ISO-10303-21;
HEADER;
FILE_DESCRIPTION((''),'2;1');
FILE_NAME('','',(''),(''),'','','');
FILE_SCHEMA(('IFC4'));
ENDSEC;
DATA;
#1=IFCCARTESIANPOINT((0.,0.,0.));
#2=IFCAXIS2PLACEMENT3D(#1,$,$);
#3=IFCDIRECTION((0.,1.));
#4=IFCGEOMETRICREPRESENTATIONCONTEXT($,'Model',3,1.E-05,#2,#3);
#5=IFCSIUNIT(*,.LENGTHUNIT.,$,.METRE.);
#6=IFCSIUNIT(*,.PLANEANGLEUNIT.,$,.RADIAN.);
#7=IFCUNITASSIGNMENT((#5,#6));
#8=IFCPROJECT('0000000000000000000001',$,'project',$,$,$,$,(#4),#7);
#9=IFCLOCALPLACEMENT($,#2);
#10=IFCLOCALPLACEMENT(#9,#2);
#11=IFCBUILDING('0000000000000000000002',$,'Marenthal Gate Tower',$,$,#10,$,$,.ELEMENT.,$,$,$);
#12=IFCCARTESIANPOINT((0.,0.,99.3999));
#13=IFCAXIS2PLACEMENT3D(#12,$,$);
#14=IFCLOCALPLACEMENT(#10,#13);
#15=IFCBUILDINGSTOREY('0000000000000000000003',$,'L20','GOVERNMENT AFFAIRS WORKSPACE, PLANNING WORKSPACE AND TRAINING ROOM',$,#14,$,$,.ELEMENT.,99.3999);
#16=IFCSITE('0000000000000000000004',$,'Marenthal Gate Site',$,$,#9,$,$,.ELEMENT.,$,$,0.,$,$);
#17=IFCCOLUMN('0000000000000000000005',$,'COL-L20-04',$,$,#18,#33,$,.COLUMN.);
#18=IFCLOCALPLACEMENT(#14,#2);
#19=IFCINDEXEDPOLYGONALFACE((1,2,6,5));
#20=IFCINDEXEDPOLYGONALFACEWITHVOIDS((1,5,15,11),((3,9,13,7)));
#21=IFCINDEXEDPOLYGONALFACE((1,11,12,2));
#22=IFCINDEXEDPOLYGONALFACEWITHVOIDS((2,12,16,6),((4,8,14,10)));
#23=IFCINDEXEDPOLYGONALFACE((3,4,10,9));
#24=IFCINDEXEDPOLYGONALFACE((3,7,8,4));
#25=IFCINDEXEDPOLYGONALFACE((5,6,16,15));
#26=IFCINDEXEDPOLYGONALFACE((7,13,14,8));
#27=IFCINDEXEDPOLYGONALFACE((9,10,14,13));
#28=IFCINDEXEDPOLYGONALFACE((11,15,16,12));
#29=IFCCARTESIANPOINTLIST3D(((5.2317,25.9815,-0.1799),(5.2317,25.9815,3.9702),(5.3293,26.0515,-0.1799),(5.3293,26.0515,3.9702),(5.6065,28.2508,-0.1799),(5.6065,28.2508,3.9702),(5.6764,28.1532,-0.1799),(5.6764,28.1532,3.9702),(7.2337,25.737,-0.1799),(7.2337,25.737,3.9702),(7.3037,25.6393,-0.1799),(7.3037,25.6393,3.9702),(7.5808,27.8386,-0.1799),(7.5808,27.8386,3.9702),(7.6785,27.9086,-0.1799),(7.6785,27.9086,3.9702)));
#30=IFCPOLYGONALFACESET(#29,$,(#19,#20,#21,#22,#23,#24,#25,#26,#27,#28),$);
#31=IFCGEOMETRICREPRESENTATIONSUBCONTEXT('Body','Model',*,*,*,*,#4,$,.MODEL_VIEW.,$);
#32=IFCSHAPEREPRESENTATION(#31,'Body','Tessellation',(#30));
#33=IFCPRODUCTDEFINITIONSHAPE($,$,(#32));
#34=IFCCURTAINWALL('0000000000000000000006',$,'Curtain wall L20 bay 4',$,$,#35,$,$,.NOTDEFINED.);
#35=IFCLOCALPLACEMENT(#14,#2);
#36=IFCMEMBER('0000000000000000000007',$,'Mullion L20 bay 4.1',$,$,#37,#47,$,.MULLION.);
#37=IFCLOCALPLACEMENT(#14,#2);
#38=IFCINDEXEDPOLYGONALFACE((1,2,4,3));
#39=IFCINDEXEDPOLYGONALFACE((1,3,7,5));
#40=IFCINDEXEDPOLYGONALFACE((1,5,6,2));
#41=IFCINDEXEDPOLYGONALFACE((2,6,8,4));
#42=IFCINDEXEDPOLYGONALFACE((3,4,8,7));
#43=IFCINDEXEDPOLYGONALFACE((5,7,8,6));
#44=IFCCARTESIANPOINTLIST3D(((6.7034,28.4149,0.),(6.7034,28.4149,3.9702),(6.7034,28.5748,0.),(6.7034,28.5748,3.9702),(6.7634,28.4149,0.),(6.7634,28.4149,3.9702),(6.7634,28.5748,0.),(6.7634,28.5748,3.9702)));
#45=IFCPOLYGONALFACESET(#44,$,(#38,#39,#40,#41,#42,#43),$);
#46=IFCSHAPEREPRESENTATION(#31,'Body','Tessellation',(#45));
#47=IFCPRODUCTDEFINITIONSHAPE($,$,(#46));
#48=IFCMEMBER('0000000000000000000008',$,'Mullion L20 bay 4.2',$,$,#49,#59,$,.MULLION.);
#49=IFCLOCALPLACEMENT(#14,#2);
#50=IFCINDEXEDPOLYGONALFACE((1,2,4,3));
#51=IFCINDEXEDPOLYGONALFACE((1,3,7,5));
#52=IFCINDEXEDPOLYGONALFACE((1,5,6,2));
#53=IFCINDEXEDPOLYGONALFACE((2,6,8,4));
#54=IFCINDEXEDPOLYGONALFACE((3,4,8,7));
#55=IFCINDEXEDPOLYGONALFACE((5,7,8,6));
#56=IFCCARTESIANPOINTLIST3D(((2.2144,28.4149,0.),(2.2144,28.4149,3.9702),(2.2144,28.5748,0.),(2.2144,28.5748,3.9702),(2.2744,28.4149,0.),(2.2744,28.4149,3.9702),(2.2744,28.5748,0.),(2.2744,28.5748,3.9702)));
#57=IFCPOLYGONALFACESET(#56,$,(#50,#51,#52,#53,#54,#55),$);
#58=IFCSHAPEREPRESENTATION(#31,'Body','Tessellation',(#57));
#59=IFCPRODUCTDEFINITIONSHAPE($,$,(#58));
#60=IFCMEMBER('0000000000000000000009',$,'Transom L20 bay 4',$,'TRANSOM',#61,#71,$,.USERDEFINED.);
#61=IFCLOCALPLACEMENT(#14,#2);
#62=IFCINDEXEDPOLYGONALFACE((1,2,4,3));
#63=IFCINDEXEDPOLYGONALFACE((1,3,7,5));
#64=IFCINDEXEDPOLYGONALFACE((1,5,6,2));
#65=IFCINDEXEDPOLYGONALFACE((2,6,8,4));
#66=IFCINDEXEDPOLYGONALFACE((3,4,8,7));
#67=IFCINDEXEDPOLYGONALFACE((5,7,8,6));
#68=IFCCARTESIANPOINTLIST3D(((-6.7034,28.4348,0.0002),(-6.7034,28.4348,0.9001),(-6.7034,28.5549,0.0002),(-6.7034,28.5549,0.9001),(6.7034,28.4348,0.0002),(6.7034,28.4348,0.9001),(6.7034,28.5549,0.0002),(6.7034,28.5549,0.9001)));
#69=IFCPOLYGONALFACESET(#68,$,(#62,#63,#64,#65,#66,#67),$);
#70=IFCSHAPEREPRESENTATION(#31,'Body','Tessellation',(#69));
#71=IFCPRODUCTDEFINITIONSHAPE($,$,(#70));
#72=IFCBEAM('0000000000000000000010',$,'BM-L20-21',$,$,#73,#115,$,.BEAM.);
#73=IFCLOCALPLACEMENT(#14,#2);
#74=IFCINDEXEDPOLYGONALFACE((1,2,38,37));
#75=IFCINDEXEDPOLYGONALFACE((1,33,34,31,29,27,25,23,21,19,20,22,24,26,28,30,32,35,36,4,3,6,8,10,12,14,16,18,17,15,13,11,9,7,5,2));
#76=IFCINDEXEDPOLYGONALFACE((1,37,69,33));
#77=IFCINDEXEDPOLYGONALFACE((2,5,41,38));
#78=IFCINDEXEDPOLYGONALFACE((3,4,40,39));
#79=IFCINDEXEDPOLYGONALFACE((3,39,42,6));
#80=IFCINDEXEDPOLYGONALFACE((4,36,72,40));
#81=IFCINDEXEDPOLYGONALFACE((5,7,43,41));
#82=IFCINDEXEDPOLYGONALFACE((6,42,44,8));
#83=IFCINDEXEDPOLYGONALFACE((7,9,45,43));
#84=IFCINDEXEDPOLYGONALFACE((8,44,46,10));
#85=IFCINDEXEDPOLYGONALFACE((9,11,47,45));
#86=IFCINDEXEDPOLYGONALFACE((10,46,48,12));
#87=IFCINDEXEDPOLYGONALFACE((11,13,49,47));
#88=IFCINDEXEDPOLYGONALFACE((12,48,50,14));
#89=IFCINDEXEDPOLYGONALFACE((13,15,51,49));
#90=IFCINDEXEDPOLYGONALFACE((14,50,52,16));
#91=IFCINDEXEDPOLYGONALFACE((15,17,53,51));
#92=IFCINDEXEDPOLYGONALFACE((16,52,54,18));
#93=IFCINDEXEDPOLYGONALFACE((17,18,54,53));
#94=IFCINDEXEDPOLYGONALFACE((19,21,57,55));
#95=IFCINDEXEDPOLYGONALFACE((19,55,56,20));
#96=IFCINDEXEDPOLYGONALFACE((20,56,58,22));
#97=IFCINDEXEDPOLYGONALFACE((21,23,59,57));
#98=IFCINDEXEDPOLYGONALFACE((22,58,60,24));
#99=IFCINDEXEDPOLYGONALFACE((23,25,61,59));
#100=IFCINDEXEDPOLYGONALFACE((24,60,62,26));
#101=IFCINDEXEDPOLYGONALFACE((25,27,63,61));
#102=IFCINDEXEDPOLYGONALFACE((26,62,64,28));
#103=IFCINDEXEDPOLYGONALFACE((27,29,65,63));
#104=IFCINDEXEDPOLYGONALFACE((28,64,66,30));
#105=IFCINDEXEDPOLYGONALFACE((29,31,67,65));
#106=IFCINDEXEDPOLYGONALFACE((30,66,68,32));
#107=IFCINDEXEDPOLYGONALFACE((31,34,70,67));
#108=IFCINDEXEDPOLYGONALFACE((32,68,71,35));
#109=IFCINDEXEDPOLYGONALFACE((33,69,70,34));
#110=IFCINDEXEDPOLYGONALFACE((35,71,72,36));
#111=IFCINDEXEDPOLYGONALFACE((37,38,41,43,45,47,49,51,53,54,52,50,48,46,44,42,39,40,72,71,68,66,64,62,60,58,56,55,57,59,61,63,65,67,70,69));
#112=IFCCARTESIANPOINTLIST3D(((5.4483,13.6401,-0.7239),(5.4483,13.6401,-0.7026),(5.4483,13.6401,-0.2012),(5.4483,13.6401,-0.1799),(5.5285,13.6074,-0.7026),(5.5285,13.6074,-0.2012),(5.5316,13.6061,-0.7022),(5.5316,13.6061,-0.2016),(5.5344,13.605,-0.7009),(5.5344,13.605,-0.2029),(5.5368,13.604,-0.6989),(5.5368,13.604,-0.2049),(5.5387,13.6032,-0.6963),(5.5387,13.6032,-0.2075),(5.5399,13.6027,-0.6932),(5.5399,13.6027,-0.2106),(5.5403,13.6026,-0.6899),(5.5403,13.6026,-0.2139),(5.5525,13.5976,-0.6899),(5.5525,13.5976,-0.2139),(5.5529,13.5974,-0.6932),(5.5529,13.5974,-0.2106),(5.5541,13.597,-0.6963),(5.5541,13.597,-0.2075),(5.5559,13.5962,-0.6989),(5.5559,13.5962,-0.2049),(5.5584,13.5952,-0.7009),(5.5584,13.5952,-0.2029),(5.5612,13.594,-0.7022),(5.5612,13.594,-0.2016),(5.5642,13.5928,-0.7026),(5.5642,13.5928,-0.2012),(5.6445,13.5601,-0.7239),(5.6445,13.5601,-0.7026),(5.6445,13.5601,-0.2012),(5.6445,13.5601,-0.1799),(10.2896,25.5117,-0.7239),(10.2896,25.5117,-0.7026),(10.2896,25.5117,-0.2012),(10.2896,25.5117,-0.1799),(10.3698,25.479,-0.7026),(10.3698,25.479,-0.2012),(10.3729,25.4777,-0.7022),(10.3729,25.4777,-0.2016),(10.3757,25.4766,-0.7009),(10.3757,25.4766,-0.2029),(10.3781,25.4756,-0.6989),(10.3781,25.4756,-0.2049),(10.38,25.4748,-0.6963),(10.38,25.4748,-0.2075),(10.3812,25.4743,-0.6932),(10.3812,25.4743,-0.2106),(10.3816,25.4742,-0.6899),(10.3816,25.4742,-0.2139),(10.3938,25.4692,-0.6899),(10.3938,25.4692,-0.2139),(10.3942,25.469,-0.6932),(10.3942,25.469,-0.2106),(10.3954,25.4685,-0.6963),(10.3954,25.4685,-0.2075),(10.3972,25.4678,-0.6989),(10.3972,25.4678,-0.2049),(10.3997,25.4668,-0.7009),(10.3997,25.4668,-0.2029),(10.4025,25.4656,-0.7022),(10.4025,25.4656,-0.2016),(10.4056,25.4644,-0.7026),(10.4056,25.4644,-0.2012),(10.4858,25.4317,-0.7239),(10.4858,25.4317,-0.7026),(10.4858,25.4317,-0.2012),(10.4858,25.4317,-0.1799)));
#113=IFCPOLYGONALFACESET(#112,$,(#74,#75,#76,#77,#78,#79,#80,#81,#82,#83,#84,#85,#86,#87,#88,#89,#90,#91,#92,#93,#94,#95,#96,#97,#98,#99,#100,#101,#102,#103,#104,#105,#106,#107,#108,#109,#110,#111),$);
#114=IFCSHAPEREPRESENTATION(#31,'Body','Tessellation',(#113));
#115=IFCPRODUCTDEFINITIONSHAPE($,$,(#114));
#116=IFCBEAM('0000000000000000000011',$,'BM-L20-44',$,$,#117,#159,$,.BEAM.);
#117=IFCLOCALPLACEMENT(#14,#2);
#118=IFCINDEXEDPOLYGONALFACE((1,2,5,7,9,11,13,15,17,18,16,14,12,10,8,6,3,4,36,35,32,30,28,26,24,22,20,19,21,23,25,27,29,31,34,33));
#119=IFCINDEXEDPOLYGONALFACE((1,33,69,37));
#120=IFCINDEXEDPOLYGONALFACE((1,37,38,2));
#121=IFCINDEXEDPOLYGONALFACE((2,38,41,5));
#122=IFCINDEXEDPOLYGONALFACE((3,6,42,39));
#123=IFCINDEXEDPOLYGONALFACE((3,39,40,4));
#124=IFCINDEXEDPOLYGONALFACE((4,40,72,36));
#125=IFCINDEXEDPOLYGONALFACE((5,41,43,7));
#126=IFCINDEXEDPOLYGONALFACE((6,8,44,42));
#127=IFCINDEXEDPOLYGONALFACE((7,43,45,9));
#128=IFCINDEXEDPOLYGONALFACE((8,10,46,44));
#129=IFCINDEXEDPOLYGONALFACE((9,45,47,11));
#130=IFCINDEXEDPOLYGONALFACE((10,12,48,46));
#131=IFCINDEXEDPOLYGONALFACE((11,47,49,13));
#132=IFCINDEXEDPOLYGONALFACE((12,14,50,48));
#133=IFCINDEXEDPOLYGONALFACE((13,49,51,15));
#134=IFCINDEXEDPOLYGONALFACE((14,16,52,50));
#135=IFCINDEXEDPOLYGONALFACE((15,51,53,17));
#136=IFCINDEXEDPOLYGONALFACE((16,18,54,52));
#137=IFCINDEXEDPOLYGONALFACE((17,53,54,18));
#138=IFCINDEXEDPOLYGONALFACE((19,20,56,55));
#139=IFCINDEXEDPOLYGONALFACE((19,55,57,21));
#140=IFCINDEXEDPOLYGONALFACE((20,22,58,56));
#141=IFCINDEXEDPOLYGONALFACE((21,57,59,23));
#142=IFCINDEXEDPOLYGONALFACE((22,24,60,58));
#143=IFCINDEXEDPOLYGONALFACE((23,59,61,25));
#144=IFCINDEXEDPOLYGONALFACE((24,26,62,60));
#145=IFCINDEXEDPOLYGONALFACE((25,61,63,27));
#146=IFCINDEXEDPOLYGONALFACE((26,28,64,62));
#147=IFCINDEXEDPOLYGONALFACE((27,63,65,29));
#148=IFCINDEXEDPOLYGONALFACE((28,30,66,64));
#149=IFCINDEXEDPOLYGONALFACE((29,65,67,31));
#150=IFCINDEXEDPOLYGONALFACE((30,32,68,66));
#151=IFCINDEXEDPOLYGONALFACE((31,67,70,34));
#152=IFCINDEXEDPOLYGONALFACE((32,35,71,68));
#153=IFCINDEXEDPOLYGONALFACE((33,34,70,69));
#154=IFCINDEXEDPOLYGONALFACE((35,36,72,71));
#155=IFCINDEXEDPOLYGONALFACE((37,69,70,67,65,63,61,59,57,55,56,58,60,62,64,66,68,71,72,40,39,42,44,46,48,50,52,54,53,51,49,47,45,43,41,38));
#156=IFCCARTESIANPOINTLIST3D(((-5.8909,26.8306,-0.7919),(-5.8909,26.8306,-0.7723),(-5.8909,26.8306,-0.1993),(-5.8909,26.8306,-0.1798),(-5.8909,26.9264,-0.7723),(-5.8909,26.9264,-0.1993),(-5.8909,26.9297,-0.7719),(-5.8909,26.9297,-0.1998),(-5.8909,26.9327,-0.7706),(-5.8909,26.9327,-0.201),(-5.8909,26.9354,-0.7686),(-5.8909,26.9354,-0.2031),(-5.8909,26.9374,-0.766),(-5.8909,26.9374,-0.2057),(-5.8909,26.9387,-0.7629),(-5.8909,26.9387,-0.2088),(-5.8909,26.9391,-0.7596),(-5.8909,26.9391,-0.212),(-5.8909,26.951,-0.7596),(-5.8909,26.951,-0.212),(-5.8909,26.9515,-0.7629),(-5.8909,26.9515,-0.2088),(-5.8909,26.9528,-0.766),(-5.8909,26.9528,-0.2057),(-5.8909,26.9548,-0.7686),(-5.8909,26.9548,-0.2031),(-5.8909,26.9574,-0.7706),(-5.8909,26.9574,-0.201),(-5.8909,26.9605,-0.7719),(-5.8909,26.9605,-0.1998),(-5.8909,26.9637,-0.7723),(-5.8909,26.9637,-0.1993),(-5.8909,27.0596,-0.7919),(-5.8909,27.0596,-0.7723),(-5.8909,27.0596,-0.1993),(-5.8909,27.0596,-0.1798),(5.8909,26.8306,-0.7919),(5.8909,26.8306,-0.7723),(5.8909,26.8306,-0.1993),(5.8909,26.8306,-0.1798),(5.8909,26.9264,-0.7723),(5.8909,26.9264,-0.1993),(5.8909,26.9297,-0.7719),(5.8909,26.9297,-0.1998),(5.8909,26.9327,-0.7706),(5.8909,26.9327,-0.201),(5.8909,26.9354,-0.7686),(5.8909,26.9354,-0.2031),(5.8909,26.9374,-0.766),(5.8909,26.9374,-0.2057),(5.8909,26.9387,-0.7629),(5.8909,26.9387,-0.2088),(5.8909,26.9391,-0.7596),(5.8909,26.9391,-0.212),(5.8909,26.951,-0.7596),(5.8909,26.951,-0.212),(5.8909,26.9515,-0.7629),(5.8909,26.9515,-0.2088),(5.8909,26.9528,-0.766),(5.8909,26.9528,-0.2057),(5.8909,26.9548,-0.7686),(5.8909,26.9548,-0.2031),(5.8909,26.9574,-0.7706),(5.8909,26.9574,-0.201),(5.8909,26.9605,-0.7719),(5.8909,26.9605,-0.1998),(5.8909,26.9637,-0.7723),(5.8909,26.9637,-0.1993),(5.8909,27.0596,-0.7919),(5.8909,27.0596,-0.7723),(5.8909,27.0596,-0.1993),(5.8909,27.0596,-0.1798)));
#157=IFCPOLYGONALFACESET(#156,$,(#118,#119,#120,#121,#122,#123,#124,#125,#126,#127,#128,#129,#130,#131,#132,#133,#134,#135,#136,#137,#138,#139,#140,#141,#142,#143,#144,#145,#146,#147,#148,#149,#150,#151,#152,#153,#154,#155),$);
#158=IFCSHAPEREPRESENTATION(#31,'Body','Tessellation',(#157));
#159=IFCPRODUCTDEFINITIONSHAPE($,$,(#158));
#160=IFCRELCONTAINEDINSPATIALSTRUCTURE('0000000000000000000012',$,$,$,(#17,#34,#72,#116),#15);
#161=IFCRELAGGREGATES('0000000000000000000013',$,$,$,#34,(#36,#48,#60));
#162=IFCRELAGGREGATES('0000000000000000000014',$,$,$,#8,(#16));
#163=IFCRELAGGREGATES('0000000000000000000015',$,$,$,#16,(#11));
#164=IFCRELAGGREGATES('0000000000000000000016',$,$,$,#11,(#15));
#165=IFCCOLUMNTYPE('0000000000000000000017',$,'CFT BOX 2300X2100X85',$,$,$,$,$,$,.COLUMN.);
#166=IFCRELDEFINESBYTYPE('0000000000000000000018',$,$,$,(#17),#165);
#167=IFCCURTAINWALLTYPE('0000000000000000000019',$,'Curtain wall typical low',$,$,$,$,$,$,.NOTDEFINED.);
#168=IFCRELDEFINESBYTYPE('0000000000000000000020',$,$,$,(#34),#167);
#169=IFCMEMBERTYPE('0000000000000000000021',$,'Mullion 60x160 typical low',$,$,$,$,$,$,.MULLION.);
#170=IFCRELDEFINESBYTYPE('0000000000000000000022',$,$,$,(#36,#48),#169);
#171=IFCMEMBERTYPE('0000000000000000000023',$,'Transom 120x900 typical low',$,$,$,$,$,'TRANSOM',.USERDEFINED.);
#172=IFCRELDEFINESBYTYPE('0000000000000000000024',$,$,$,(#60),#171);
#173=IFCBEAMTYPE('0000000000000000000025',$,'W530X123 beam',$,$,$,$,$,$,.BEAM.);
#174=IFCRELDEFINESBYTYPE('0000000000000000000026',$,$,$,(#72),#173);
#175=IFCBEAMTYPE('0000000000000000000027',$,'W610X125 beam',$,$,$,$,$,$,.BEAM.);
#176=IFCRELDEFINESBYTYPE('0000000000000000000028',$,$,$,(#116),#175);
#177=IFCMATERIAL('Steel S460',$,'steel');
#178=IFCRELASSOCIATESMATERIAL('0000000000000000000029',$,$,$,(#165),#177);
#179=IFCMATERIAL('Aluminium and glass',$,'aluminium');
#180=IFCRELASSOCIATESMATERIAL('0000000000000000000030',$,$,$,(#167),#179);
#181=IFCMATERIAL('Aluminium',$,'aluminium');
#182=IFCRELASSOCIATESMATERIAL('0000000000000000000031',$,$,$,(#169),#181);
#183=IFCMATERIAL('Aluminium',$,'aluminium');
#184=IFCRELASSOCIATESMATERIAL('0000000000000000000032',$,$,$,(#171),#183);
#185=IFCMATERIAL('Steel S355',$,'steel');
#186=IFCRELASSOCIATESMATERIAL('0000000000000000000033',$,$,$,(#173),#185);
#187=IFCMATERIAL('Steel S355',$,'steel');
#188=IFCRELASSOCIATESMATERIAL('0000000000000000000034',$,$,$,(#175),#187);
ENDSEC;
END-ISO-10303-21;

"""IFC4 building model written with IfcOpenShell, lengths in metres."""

from ifc_helpers import new_model, si_unit, direction, frame, origin, origin_2d, place, context, subcontext, project, spatial, rectangle, hollow_rectangle, i_section, extrude, material, material_profile, profile_set, type_object, element, aggregate, save


model = new_model("IFC4")

# Units and contexts
model_context = context("Model", 3, precision=1e-05, world=origin(), true_north=direction((0.0, 1.0)))
body_context = subcontext(model_context, "Body", "Model", "MODEL_VIEW")
ifc_project = project(units=[si_unit("LENGTHUNIT", "METRE"), si_unit("PLANEANGLEUNIT", "RADIAN")], contexts=[model_context])

# Site, building, storey
site_placement = place(None, origin())
site = spatial("IfcSite", under=ifc_project, at=site_placement, Name="Marenthal Gate Site", CompositionType="ELEMENT", RefElevation=0.0)
building_placement = place(site_placement, origin())
building = spatial("IfcBuilding", under=site, at=building_placement, Name="Marenthal Gate Tower", CompositionType="ELEMENT")
storey_placement = place(building_placement, frame((0.0, 0.0, 99.3999)))
storey = spatial("IfcBuildingStorey", under=building, at=storey_placement, Name="L20", Description="GOVERNMENT AFFAIRS WORKSPACE, PLANNING WORKSPACE AND TRAINING ROOM", CompositionType="ELEMENT", Elevation=99.3999)

# Column
ifc_material_1 = material(Name="Steel S460", Category="steel")
ifc_material_profile_1 = material_profile(ifc_material_1, hollow_rectangle(XDim=2.1001, YDim=2.3, WallThickness=0.085, at=origin_2d()), Name="CFT BOX 2300X2100X85")
ifc_material_2 = material(Name="Concrete 70 MPa", Category="concrete")
ifc_material_profile_2 = material_profile(ifc_material_2, rectangle(XDim=1.9299, YDim=2.1299, at=origin_2d()), Name="CFT BOX 2300X2100X85 INFILL")
ifc_profile_set_1 = profile_set([ifc_material_profile_1, ifc_material_profile_2], Name="Steel S460 shell, Concrete 70 MPa infill")
column_type = type_object("IfcColumnType", Name="CFT BOX 2300X2100X85", PredefinedType="COLUMN", material=ifc_profile_set_1)
column_placement = place(storey_placement, frame((6.4551, 26.9451, -0.1799), z_axis=(0.0, 0.0, 1.0), x_axis=(0.986635, -0.162949, 0.0)))
element("IfcColumn", 1, at=column_placement, inside=storey, type_object=column_type, Name="COL-L20-04", PredefinedType="COLUMN", context=body_context, shape_type="SweptSolid", body=[
    extrude(hollow_rectangle(XDim=2.1001, YDim=2.3, WallThickness=0.085, at=origin_2d()), origin(), (0.0, 0.0, 1.0), 4.1501),
])

# Curtain wall, members
ifc_material_3 = material(Name="Aluminium and glass", Category="aluminium")
curtain_wall_type = type_object("IfcCurtainWallType", Name="Curtain wall typical low", PredefinedType="NOTDEFINED", material=ifc_material_3)
curtain_wall_placement = place(storey_placement, origin())
curtain_wall = element("IfcCurtainWall", 2, at=curtain_wall_placement, inside=storey, type_object=curtain_wall_type, Name="Curtain wall L20 bay 4", PredefinedType="NOTDEFINED")
ifc_material_4 = material(Name="Aluminium", Category="aluminium")
ifc_material_profile_3 = material_profile(ifc_material_4, rectangle(XDim=0.1599, YDim=0.0601, at=origin_2d()), Name="60x160 aluminium mullion")
ifc_profile_set_2 = profile_set([ifc_material_profile_3], Name="Aluminium")
member_type_1 = type_object("IfcMemberType", Name="Mullion 60x160 typical low", PredefinedType="MULLION", material=ifc_profile_set_2)
member_1_placement = place(storey_placement, frame((6.7334, 28.4949, 0.0), z_axis=(0.0, 0.0, 1.0), x_axis=(0.0, -1.0, 0.0)))
member_1 = element("IfcMember", 3, at=member_1_placement, type_object=member_type_1, Name="Mullion L20 bay 4.1", PredefinedType="MULLION", context=body_context, shape_type="SweptSolid", body=[
    extrude(rectangle(XDim=0.1599, YDim=0.0601, at=origin_2d()), origin(), (0.0, 0.0, 1.0), 3.9702),
])
member_2_placement = place(storey_placement, frame((2.2444, 28.4949, 0.0), z_axis=(0.0, 0.0, 1.0), x_axis=(0.0, -1.0, 0.0)))
member_2 = element("IfcMember", 4, at=member_2_placement, type_object=member_type_1, Name="Mullion L20 bay 4.2", PredefinedType="MULLION", context=body_context, shape_type="SweptSolid", body=[
    extrude(rectangle(XDim=0.1599, YDim=0.0601, at=origin_2d()), origin(), (0.0, 0.0, 1.0), 3.9702),
])
ifc_material_5 = material(Name="Aluminium", Category="aluminium")
ifc_material_profile_4 = material_profile(ifc_material_5, rectangle(XDim=0.1201, YDim=0.8999, at=origin_2d()), Name="120x900 aluminium transom")
ifc_profile_set_3 = profile_set([ifc_material_profile_4], Name="Aluminium")
member_type_2 = type_object("IfcMemberType", Name="Transom 120x900 typical low", ElementType="TRANSOM", PredefinedType="USERDEFINED", material=ifc_profile_set_3)
member_3_placement = place(storey_placement, frame((6.7034, 28.4949, 0.4502), z_axis=(-1.0, 0.0, 0.0), x_axis=(0.0, -1.0, 0.0)))
member_3 = element("IfcMember", 5, at=member_3_placement, type_object=member_type_2, Name="Transom L20 bay 4", ObjectType="TRANSOM", PredefinedType="USERDEFINED", context=body_context, shape_type="SweptSolid", body=[
    extrude(rectangle(XDim=0.1201, YDim=0.8999, at=origin_2d()), origin(), (0.0, 0.0, 1.0), 13.4067),
])

# Beams
ifc_material_6 = material(Name="Steel S355", Category="steel")
ifc_material_profile_5 = material_profile(ifc_material_6, i_section(OverallWidth=0.2119, OverallDepth=0.5439, WebThickness=0.0132, FlangeThickness=0.0212, FilletRadius=0.0127, at=origin_2d()), Name="W530X123")
ifc_profile_set_4 = profile_set([ifc_material_profile_5], Name="Steel S355")
beam_type_1 = type_object("IfcBeamType", Name="W530X123 beam", PredefinedType="BEAM", material=ifc_profile_set_4)
beam_1_placement = place(storey_placement, frame((10.3877, 25.4717, -0.4519), z_axis=(-0.377614, -0.925963, 0.0), x_axis=(0.925963, -0.377614, 0.0)))
element("IfcBeam", 6, at=beam_1_placement, inside=storey, type_object=beam_type_1, Name="BM-L20-21", PredefinedType="BEAM", context=body_context, shape_type="SweptSolid", body=[
    extrude(i_section(OverallWidth=0.2119, OverallDepth=0.5439, WebThickness=0.0132, FlangeThickness=0.0212, FilletRadius=0.0127, at=origin_2d()), origin(), (0.0, 0.0, 1.0), 12.8208),
])
ifc_material_7 = material(Name="Steel S355", Category="steel")
ifc_material_profile_6 = material_profile(ifc_material_7, i_section(OverallWidth=0.229, OverallDepth=0.6121, WebThickness=0.012, FlangeThickness=0.0195, FilletRadius=0.0127, at=origin_2d()), Name="W610X125")
ifc_profile_set_5 = profile_set([ifc_material_profile_6], Name="Steel S355")
beam_type_2 = type_object("IfcBeamType", Name="W610X125 beam", PredefinedType="BEAM", material=ifc_profile_set_5)
beam_2_placement = place(storey_placement, frame((5.8909, 26.9451, -0.4858), z_axis=(-1.0, 0.0, 0.0), x_axis=(0.0, -1.0, 0.0)))
element("IfcBeam", 7, at=beam_2_placement, inside=storey, type_object=beam_type_2, Name="BM-L20-44", PredefinedType="BEAM", context=body_context, shape_type="SweptSolid", body=[
    extrude(i_section(OverallWidth=0.229, OverallDepth=0.6121, WebThickness=0.012, FlangeThickness=0.0195, FilletRadius=0.0127, at=origin_2d()), origin(), (0.0, 0.0, 1.0), 11.7817),
])

aggregate(curtain_wall, [member_1, member_2, member_3])

save(model, "model.ifc")
